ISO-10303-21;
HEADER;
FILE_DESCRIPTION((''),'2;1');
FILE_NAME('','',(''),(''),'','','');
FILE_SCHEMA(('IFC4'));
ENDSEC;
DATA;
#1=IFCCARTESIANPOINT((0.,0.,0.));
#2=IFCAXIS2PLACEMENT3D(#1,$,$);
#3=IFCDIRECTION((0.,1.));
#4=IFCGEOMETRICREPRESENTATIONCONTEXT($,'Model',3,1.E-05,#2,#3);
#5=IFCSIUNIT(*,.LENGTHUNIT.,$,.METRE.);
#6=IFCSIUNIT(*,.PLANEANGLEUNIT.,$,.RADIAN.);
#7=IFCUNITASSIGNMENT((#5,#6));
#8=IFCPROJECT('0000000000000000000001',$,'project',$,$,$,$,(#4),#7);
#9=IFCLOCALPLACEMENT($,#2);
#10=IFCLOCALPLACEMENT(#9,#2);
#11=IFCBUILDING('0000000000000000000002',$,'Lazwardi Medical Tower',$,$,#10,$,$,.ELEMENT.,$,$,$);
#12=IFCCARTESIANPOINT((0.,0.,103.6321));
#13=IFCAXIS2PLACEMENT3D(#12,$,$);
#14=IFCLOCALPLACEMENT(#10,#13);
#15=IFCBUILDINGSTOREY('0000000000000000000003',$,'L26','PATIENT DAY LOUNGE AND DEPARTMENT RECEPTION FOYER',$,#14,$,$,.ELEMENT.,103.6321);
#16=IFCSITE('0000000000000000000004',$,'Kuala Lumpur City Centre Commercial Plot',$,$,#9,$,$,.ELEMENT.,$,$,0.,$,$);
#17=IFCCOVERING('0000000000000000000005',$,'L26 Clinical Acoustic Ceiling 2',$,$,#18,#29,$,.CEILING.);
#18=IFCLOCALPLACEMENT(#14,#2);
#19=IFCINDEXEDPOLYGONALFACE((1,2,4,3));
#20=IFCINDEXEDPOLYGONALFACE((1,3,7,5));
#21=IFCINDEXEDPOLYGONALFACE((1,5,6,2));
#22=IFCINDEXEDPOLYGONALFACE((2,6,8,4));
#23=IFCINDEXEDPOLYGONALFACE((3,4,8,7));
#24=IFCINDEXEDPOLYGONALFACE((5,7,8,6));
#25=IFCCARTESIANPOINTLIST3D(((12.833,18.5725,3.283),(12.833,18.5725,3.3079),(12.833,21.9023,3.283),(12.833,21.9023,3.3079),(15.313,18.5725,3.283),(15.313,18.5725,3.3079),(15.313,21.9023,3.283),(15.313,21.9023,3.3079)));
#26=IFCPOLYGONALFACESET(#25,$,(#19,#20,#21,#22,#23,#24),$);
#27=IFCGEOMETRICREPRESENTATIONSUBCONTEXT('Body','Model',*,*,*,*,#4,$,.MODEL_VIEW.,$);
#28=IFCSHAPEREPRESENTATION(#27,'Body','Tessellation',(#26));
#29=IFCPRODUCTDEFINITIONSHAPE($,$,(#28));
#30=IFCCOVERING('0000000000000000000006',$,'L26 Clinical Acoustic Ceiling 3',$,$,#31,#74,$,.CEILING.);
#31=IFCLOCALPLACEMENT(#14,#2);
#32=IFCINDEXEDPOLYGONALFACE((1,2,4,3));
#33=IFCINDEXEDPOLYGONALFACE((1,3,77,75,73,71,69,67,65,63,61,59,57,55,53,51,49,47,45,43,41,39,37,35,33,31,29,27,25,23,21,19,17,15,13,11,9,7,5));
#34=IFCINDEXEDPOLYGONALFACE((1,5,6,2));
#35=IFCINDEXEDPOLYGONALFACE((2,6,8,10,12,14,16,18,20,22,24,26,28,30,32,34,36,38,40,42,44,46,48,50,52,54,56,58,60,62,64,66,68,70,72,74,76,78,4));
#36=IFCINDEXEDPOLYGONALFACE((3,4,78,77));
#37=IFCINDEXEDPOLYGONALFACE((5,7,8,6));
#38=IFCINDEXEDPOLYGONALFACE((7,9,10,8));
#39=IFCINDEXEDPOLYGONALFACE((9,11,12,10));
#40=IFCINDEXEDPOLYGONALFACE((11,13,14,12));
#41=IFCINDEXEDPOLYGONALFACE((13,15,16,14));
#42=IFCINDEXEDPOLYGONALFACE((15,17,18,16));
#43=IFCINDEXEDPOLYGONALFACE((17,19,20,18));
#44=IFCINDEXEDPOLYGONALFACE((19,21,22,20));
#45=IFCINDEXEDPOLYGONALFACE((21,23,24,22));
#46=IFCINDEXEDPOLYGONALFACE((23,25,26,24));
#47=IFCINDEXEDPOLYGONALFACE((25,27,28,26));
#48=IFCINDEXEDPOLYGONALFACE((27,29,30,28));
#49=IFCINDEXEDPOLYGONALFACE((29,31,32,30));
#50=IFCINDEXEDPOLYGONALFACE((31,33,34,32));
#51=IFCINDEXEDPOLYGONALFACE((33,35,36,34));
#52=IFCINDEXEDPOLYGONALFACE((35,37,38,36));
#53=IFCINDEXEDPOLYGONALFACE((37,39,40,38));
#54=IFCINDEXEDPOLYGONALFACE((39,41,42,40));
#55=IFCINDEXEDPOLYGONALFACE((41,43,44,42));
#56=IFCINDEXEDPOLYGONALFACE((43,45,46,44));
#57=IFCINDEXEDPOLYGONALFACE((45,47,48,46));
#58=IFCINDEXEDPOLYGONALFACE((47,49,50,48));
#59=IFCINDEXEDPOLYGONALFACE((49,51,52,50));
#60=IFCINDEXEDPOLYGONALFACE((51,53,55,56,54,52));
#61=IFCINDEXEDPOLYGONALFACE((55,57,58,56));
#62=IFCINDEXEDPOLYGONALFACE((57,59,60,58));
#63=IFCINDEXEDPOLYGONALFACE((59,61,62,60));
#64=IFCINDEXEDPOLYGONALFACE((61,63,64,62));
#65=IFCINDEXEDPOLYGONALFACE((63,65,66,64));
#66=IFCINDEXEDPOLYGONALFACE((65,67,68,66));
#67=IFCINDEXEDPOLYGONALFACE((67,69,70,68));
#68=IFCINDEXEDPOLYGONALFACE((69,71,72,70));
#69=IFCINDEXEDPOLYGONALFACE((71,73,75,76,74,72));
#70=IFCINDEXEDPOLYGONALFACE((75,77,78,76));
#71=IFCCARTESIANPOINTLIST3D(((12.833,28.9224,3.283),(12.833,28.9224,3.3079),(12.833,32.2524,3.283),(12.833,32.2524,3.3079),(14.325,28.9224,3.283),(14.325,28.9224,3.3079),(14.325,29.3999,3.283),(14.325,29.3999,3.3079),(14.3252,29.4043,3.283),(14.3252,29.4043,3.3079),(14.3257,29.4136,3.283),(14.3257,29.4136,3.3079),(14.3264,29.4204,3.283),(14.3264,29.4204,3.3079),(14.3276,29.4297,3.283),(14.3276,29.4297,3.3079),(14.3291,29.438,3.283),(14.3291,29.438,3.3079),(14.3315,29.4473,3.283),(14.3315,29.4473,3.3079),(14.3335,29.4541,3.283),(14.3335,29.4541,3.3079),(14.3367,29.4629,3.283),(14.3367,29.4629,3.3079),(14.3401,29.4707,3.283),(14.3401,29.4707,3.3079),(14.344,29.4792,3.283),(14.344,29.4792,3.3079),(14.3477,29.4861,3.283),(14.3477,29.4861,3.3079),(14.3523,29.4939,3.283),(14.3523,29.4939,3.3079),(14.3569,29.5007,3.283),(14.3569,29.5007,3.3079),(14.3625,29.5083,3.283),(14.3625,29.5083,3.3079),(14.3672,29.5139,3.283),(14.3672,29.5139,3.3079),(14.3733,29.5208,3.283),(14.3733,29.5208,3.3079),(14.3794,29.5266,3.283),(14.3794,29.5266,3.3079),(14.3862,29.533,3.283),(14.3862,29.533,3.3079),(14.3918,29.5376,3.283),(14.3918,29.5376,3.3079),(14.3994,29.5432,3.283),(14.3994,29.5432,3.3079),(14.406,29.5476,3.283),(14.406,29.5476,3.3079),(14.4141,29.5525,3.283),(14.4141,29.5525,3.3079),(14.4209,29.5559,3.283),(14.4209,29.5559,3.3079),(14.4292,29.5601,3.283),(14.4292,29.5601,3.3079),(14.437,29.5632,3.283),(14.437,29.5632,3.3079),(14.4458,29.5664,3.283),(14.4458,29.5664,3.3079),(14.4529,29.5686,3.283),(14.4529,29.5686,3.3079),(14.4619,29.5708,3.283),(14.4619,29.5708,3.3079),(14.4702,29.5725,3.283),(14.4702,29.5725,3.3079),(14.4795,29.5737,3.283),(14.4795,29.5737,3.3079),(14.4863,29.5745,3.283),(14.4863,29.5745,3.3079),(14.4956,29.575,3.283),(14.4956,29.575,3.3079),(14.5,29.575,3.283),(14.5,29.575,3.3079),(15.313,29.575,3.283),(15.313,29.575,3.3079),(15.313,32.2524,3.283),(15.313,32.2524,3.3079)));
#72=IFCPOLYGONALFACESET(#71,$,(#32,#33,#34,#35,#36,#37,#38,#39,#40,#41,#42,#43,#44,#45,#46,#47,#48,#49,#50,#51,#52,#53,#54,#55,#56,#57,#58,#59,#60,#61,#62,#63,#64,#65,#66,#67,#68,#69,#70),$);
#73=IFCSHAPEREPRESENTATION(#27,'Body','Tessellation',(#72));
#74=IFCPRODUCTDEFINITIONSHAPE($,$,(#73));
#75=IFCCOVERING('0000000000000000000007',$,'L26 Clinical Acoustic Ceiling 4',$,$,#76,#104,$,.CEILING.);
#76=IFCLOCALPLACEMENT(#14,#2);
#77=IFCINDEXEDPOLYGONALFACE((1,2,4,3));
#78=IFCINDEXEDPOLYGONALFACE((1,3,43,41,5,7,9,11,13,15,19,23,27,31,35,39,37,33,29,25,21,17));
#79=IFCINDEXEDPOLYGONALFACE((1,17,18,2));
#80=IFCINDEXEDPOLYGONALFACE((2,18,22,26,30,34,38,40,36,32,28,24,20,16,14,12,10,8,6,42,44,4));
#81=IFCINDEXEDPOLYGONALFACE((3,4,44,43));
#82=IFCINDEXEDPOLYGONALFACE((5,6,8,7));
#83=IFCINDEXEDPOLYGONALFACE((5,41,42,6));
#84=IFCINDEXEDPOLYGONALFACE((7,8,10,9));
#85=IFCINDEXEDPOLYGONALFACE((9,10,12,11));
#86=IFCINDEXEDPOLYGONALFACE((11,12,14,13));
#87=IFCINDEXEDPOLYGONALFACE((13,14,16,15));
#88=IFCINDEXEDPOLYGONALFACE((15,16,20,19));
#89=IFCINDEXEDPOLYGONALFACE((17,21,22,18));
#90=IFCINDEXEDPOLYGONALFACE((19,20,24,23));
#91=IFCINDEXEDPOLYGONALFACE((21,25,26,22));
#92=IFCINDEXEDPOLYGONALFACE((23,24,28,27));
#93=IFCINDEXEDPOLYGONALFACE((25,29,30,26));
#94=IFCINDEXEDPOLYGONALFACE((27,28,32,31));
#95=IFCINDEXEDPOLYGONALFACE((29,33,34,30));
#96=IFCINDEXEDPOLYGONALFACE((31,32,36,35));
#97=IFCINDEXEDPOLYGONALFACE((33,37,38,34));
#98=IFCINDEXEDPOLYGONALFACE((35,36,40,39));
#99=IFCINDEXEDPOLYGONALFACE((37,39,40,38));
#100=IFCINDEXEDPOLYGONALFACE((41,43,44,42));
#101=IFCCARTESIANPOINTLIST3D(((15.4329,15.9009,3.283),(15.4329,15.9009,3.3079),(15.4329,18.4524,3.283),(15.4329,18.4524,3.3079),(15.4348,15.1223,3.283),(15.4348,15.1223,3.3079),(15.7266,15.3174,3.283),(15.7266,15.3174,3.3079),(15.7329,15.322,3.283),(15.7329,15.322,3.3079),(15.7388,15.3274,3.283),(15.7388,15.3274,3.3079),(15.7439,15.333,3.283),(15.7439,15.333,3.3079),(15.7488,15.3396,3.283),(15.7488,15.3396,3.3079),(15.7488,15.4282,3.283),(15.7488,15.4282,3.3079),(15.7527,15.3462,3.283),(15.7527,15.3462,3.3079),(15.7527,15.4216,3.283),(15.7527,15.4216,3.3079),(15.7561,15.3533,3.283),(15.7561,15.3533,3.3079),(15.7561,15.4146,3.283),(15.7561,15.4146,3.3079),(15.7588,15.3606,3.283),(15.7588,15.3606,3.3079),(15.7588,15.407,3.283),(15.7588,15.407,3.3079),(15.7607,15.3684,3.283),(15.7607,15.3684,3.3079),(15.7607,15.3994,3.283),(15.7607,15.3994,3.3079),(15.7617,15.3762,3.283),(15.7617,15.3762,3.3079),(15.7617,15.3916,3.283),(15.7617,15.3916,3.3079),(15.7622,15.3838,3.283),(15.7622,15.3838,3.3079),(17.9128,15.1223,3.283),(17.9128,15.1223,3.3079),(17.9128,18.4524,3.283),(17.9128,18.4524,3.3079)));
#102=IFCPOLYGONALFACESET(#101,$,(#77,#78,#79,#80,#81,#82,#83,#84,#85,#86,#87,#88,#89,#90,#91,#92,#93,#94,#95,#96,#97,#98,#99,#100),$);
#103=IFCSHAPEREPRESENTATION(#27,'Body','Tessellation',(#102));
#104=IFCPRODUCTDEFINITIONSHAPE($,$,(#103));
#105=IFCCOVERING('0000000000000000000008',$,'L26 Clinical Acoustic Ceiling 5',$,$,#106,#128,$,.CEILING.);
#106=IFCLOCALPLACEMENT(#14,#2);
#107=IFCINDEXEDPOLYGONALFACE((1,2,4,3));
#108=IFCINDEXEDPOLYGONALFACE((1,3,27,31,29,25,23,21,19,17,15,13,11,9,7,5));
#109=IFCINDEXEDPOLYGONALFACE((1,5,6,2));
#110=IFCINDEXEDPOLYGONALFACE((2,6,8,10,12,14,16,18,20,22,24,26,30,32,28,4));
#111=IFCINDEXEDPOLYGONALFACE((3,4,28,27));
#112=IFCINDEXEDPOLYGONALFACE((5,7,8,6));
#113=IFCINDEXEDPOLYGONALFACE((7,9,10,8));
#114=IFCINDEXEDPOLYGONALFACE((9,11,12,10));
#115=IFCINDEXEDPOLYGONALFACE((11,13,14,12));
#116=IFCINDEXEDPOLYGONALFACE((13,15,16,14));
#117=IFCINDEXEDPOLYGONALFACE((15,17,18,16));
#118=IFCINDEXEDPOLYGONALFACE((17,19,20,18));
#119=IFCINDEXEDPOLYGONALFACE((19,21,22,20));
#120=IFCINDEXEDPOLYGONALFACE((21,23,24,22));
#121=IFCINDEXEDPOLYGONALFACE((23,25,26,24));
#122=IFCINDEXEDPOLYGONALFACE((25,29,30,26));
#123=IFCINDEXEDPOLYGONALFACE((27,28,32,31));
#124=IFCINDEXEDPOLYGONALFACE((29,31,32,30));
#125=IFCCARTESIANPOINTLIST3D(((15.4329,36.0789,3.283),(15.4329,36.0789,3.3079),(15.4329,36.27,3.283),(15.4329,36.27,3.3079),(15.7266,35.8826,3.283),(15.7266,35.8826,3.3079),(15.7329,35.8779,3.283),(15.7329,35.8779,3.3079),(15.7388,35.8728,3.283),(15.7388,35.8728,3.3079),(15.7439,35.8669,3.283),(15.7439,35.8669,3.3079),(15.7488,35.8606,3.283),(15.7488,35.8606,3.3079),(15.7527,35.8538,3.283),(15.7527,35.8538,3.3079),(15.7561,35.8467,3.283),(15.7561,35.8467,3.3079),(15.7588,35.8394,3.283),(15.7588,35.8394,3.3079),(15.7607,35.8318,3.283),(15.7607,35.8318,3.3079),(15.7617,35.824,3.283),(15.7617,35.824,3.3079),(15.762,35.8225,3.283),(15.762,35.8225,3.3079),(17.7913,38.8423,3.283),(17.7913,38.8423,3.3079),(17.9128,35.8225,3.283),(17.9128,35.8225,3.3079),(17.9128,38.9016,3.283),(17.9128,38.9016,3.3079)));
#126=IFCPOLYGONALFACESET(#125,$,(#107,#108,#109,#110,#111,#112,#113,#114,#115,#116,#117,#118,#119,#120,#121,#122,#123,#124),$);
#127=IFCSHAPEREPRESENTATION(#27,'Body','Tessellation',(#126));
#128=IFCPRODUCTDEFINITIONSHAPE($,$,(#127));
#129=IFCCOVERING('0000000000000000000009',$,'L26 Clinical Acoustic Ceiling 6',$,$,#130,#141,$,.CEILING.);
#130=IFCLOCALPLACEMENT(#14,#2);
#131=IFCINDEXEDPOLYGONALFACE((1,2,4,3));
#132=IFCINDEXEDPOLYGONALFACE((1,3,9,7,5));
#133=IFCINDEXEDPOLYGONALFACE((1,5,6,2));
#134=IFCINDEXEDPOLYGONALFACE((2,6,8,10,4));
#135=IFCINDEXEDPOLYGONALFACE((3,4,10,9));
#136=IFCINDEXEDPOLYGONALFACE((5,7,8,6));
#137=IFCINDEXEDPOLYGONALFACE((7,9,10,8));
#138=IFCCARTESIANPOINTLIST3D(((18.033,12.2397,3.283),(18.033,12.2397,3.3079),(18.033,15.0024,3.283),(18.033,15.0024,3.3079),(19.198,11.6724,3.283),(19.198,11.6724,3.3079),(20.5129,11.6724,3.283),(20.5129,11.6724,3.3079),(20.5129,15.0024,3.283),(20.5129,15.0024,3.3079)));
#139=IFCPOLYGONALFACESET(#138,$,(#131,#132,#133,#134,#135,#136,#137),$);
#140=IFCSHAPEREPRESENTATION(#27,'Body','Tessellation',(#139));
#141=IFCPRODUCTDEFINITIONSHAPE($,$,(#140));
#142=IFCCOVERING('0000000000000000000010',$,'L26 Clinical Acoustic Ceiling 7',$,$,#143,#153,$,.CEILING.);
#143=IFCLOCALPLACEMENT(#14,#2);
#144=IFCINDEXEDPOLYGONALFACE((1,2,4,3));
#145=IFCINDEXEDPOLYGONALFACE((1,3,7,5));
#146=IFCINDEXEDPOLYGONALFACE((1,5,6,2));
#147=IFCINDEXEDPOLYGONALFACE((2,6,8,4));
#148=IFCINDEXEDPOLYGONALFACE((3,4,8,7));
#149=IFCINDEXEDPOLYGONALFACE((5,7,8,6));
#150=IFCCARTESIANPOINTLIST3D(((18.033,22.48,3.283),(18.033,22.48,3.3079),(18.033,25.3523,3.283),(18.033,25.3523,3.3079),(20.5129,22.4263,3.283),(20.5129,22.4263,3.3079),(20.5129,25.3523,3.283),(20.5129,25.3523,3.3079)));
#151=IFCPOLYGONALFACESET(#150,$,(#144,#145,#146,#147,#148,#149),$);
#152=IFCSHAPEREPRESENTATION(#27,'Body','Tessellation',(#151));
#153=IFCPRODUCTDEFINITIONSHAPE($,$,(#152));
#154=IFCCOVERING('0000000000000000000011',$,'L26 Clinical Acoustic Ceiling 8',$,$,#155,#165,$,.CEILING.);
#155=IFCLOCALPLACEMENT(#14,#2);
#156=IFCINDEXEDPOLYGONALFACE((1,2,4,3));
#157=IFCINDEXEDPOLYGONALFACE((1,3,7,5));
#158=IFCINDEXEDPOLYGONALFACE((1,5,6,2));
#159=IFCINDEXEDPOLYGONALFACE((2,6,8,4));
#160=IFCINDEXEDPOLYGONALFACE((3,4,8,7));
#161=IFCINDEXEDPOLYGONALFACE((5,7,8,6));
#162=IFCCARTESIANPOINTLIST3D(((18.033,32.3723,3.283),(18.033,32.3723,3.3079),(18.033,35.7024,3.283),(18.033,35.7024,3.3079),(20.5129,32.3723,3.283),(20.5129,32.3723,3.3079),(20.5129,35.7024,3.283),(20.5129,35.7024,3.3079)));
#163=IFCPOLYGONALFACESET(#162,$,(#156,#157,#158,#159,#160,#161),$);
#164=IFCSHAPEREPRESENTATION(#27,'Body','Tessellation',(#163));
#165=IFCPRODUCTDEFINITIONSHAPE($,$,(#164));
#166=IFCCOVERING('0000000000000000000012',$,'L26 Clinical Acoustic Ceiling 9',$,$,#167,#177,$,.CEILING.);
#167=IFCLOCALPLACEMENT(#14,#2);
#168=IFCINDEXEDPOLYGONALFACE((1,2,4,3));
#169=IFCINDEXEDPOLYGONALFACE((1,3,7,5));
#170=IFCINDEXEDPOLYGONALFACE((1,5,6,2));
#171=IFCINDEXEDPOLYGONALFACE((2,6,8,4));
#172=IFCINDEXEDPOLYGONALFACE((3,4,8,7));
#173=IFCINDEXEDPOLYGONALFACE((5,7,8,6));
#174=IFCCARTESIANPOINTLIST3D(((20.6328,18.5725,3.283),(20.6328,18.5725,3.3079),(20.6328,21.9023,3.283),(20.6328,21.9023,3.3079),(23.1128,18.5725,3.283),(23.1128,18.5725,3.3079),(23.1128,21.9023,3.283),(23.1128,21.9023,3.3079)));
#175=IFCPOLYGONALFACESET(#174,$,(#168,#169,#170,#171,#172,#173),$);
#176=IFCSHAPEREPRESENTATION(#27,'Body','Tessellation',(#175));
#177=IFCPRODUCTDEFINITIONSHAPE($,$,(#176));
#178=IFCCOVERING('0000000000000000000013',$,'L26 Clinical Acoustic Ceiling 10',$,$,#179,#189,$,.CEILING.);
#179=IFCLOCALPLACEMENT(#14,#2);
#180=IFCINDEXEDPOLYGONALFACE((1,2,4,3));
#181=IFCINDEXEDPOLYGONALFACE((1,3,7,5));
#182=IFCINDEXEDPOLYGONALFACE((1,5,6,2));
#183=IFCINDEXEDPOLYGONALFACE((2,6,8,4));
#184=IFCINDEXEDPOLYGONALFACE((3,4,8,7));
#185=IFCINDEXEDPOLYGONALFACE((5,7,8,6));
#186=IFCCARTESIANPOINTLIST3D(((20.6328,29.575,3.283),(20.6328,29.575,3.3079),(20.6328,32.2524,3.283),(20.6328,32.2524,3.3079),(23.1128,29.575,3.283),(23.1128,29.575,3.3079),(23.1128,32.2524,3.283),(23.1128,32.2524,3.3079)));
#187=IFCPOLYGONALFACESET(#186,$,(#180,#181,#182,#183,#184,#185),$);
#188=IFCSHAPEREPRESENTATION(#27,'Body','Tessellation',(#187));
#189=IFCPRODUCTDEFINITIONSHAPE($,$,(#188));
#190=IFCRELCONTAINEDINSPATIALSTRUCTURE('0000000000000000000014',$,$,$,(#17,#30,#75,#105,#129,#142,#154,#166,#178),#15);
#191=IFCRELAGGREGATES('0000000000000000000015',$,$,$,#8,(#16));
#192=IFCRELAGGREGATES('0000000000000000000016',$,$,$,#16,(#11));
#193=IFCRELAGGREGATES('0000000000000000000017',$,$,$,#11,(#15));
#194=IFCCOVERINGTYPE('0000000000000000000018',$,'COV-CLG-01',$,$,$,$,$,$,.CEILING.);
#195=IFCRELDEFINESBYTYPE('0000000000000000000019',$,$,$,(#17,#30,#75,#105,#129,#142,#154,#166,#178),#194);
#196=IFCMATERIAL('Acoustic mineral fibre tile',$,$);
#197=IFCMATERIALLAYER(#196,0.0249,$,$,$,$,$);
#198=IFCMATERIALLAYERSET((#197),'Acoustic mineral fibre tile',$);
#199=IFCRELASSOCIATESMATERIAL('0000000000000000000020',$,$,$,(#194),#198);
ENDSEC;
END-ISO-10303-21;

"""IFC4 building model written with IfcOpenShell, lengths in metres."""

from ifc_helpers import new_model, si_unit, direction, frame, origin, place, context, subcontext, project, spatial, polyline, outline, extrude, material, layer, layer_set, type_object, element, save


model = new_model("IFC4")

# Units and contexts
model_context = context("Model", 3, precision=1e-05, world=origin(), true_north=direction((0.0, 1.0)))
body_context = subcontext(model_context, "Body", "Model", "MODEL_VIEW")
ifc_project = project(units=[si_unit("LENGTHUNIT", "METRE"), si_unit("PLANEANGLEUNIT", "RADIAN")], contexts=[model_context])

# Site, building, storey
site_placement = place(None, origin())
site = spatial("IfcSite", under=ifc_project, at=site_placement, Name="Kuala Lumpur City Centre Commercial Plot", CompositionType="ELEMENT", RefElevation=0.0)
building_placement = place(site_placement, origin())
building = spatial("IfcBuilding", under=site, at=building_placement, Name="Lazwardi Medical Tower", CompositionType="ELEMENT")
storey_placement = place(building_placement, frame((0.0, 0.0, 103.6321)))
storey = spatial("IfcBuildingStorey", under=building, at=storey_placement, Name="L26", Description="PATIENT DAY LOUNGE AND DEPARTMENT RECEPTION FOYER", CompositionType="ELEMENT", Elevation=103.6321)

# Coverings
ifc_material_1 = material(Name="Acoustic mineral fibre tile")
ifc_layer_1 = layer(ifc_material_1, 0.0249)
ifc_layer_set_1 = layer_set([ifc_layer_1], Name="Acoustic mineral fibre tile")
covering_type_1 = type_object("IfcCoveringType", Name="COV-CLG-01", PredefinedType="CEILING", material=ifc_layer_set_1)
covering_1_placement = place(storey_placement, frame((0.0, 0.0, 3.283)))
element("IfcCovering", 1, at=covering_1_placement, inside=storey, type_object=covering_type_1, Name="L26 Clinical Acoustic Ceiling 2", PredefinedType="CEILING", context=body_context, shape_type="SweptSolid", body=[
    extrude(outline(polyline([(15.313, 18.5725), (15.313, 21.9023), (12.833, 21.9023), (12.833, 18.5725), (15.313, 18.5725)])), origin(), (0.0, 0.0, 1.0), 0.0249),
])
covering_2_placement = place(storey_placement, frame((0.0, 0.0, 3.283)))
element("IfcCovering", 2, at=covering_2_placement, inside=storey, type_object=covering_type_1, Name="L26 Clinical Acoustic Ceiling 3", PredefinedType="CEILING", context=body_context, shape_type="SweptSolid", body=[
    extrude(outline(polyline([(14.325, 28.9224), (14.325, 29.3999), (14.3252, 29.4043), (14.3257, 29.4136), (14.3264, 29.4204), (14.3276, 29.4297), (14.3291, 29.438), (14.3315, 29.4473), (14.3335, 29.4541), (14.3367, 29.4629), (14.3401, 29.4707), (14.344, 29.4792), (14.3477, 29.4861), (14.3523, 29.4939), (14.3569, 29.5007), (14.3625, 29.5083), (14.3672, 29.5139), (14.3733, 29.5208), (14.3794, 29.5266), (14.3862, 29.533), (14.3918, 29.5376), (14.3994, 29.5432), (14.406, 29.5476), (14.4141, 29.5525), (14.4209, 29.5559), (14.4292, 29.5601), (14.437, 29.5632), (14.4458, 29.5664), (14.4529, 29.5686), (14.4619, 29.5708), (14.4702, 29.5725), (14.4795, 29.5737), (14.4863, 29.5745), (14.4956, 29.575), (14.5, 29.575), (15.313, 29.575), (15.313, 32.2524), (12.833, 32.2524), (12.833, 28.9224), (14.325, 28.9224)])), origin(), (0.0, 0.0, 1.0), 0.0249),
])
covering_3_placement = place(storey_placement, frame((0.0, 0.0, 3.283)))
element("IfcCovering", 3, at=covering_3_placement, inside=storey, type_object=covering_type_1, Name="L26 Clinical Acoustic Ceiling 4", PredefinedType="CEILING", context=body_context, shape_type="SweptSolid", body=[
    extrude(outline(polyline([(15.4329, 15.9009), (15.7488, 15.4282), (15.7527, 15.4216), (15.7561, 15.4146), (15.7588, 15.407), (15.7607, 15.3994), (15.7617, 15.3916), (15.7622, 15.3838), (15.7617, 15.3762), (15.7607, 15.3684), (15.7588, 15.3606), (15.7561, 15.3533), (15.7527, 15.3462), (15.7488, 15.3396), (15.7439, 15.333), (15.7388, 15.3274), (15.7329, 15.322), (15.7266, 15.3174), (15.4348, 15.1223), (17.9128, 15.1223), (17.9128, 18.4524), (15.4329, 18.4524), (15.4329, 15.9009)])), origin(), (0.0, 0.0, 1.0), 0.0249),
])
covering_4_placement = place(storey_placement, frame((0.0, 0.0, 3.283)))
element("IfcCovering", 4, at=covering_4_placement, inside=storey, type_object=covering_type_1, Name="L26 Clinical Acoustic Ceiling 5", PredefinedType="CEILING", context=body_context, shape_type="SweptSolid", body=[
    extrude(outline(polyline([(17.9128, 38.9016), (17.7913, 38.8423), (15.4329, 36.27), (15.4329, 36.0789), (15.7266, 35.8826), (15.7329, 35.8779), (15.7388, 35.8728), (15.7439, 35.8669), (15.7488, 35.8606), (15.7527, 35.8538), (15.7561, 35.8467), (15.7588, 35.8394), (15.7607, 35.8318), (15.7617, 35.824), (15.762, 35.8225), (17.9128, 35.8225), (17.9128, 38.9016)])), origin(), (0.0, 0.0, 1.0), 0.0249),
])
covering_5_placement = place(storey_placement, frame((0.0, 0.0, 3.283)))
element("IfcCovering", 5, at=covering_5_placement, inside=storey, type_object=covering_type_1, Name="L26 Clinical Acoustic Ceiling 6", PredefinedType="CEILING", context=body_context, shape_type="SweptSolid", body=[
    extrude(outline(polyline([(18.033, 12.2397), (19.198, 11.6724), (20.5129, 11.6724), (20.5129, 15.0024), (18.033, 15.0024), (18.033, 12.2397)])), origin(), (0.0, 0.0, 1.0), 0.0249),
])
covering_6_placement = place(storey_placement, frame((0.0, 0.0, 3.283)))
element("IfcCovering", 6, at=covering_6_placement, inside=storey, type_object=covering_type_1, Name="L26 Clinical Acoustic Ceiling 7", PredefinedType="CEILING", context=body_context, shape_type="SweptSolid", body=[
    extrude(outline(polyline([(18.033, 22.48), (20.5129, 22.4263), (20.5129, 25.3523), (18.033, 25.3523), (18.033, 22.48)])), origin(), (0.0, 0.0, 1.0), 0.0249),
])
covering_7_placement = place(storey_placement, frame((0.0, 0.0, 3.283)))
element("IfcCovering", 7, at=covering_7_placement, inside=storey, type_object=covering_type_1, Name="L26 Clinical Acoustic Ceiling 8", PredefinedType="CEILING", context=body_context, shape_type="SweptSolid", body=[
    extrude(outline(polyline([(20.5129, 32.3723), (20.5129, 35.7024), (18.033, 35.7024), (18.033, 32.3723), (20.5129, 32.3723)])), origin(), (0.0, 0.0, 1.0), 0.0249),
])
covering_8_placement = place(storey_placement, frame((0.0, 0.0, 3.283)))
element("IfcCovering", 8, at=covering_8_placement, inside=storey, type_object=covering_type_1, Name="L26 Clinical Acoustic Ceiling 9", PredefinedType="CEILING", context=body_context, shape_type="SweptSolid", body=[
    extrude(outline(polyline([(23.1128, 18.5725), (23.1128, 21.9023), (20.6328, 21.9023), (20.6328, 18.5725), (23.1128, 18.5725)])), origin(), (0.0, 0.0, 1.0), 0.0249),
])
covering_9_placement = place(storey_placement, frame((0.0, 0.0, 3.283)))
element("IfcCovering", 9, at=covering_9_placement, inside=storey, type_object=covering_type_1, Name="L26 Clinical Acoustic Ceiling 10", PredefinedType="CEILING", context=body_context, shape_type="SweptSolid", body=[
    extrude(outline(polyline([(20.6328, 29.575), (23.1128, 29.575), (23.1128, 32.2524), (20.6328, 32.2524), (20.6328, 29.575)])), origin(), (0.0, 0.0, 1.0), 0.0249),
])

save(model, "model.ifc")
